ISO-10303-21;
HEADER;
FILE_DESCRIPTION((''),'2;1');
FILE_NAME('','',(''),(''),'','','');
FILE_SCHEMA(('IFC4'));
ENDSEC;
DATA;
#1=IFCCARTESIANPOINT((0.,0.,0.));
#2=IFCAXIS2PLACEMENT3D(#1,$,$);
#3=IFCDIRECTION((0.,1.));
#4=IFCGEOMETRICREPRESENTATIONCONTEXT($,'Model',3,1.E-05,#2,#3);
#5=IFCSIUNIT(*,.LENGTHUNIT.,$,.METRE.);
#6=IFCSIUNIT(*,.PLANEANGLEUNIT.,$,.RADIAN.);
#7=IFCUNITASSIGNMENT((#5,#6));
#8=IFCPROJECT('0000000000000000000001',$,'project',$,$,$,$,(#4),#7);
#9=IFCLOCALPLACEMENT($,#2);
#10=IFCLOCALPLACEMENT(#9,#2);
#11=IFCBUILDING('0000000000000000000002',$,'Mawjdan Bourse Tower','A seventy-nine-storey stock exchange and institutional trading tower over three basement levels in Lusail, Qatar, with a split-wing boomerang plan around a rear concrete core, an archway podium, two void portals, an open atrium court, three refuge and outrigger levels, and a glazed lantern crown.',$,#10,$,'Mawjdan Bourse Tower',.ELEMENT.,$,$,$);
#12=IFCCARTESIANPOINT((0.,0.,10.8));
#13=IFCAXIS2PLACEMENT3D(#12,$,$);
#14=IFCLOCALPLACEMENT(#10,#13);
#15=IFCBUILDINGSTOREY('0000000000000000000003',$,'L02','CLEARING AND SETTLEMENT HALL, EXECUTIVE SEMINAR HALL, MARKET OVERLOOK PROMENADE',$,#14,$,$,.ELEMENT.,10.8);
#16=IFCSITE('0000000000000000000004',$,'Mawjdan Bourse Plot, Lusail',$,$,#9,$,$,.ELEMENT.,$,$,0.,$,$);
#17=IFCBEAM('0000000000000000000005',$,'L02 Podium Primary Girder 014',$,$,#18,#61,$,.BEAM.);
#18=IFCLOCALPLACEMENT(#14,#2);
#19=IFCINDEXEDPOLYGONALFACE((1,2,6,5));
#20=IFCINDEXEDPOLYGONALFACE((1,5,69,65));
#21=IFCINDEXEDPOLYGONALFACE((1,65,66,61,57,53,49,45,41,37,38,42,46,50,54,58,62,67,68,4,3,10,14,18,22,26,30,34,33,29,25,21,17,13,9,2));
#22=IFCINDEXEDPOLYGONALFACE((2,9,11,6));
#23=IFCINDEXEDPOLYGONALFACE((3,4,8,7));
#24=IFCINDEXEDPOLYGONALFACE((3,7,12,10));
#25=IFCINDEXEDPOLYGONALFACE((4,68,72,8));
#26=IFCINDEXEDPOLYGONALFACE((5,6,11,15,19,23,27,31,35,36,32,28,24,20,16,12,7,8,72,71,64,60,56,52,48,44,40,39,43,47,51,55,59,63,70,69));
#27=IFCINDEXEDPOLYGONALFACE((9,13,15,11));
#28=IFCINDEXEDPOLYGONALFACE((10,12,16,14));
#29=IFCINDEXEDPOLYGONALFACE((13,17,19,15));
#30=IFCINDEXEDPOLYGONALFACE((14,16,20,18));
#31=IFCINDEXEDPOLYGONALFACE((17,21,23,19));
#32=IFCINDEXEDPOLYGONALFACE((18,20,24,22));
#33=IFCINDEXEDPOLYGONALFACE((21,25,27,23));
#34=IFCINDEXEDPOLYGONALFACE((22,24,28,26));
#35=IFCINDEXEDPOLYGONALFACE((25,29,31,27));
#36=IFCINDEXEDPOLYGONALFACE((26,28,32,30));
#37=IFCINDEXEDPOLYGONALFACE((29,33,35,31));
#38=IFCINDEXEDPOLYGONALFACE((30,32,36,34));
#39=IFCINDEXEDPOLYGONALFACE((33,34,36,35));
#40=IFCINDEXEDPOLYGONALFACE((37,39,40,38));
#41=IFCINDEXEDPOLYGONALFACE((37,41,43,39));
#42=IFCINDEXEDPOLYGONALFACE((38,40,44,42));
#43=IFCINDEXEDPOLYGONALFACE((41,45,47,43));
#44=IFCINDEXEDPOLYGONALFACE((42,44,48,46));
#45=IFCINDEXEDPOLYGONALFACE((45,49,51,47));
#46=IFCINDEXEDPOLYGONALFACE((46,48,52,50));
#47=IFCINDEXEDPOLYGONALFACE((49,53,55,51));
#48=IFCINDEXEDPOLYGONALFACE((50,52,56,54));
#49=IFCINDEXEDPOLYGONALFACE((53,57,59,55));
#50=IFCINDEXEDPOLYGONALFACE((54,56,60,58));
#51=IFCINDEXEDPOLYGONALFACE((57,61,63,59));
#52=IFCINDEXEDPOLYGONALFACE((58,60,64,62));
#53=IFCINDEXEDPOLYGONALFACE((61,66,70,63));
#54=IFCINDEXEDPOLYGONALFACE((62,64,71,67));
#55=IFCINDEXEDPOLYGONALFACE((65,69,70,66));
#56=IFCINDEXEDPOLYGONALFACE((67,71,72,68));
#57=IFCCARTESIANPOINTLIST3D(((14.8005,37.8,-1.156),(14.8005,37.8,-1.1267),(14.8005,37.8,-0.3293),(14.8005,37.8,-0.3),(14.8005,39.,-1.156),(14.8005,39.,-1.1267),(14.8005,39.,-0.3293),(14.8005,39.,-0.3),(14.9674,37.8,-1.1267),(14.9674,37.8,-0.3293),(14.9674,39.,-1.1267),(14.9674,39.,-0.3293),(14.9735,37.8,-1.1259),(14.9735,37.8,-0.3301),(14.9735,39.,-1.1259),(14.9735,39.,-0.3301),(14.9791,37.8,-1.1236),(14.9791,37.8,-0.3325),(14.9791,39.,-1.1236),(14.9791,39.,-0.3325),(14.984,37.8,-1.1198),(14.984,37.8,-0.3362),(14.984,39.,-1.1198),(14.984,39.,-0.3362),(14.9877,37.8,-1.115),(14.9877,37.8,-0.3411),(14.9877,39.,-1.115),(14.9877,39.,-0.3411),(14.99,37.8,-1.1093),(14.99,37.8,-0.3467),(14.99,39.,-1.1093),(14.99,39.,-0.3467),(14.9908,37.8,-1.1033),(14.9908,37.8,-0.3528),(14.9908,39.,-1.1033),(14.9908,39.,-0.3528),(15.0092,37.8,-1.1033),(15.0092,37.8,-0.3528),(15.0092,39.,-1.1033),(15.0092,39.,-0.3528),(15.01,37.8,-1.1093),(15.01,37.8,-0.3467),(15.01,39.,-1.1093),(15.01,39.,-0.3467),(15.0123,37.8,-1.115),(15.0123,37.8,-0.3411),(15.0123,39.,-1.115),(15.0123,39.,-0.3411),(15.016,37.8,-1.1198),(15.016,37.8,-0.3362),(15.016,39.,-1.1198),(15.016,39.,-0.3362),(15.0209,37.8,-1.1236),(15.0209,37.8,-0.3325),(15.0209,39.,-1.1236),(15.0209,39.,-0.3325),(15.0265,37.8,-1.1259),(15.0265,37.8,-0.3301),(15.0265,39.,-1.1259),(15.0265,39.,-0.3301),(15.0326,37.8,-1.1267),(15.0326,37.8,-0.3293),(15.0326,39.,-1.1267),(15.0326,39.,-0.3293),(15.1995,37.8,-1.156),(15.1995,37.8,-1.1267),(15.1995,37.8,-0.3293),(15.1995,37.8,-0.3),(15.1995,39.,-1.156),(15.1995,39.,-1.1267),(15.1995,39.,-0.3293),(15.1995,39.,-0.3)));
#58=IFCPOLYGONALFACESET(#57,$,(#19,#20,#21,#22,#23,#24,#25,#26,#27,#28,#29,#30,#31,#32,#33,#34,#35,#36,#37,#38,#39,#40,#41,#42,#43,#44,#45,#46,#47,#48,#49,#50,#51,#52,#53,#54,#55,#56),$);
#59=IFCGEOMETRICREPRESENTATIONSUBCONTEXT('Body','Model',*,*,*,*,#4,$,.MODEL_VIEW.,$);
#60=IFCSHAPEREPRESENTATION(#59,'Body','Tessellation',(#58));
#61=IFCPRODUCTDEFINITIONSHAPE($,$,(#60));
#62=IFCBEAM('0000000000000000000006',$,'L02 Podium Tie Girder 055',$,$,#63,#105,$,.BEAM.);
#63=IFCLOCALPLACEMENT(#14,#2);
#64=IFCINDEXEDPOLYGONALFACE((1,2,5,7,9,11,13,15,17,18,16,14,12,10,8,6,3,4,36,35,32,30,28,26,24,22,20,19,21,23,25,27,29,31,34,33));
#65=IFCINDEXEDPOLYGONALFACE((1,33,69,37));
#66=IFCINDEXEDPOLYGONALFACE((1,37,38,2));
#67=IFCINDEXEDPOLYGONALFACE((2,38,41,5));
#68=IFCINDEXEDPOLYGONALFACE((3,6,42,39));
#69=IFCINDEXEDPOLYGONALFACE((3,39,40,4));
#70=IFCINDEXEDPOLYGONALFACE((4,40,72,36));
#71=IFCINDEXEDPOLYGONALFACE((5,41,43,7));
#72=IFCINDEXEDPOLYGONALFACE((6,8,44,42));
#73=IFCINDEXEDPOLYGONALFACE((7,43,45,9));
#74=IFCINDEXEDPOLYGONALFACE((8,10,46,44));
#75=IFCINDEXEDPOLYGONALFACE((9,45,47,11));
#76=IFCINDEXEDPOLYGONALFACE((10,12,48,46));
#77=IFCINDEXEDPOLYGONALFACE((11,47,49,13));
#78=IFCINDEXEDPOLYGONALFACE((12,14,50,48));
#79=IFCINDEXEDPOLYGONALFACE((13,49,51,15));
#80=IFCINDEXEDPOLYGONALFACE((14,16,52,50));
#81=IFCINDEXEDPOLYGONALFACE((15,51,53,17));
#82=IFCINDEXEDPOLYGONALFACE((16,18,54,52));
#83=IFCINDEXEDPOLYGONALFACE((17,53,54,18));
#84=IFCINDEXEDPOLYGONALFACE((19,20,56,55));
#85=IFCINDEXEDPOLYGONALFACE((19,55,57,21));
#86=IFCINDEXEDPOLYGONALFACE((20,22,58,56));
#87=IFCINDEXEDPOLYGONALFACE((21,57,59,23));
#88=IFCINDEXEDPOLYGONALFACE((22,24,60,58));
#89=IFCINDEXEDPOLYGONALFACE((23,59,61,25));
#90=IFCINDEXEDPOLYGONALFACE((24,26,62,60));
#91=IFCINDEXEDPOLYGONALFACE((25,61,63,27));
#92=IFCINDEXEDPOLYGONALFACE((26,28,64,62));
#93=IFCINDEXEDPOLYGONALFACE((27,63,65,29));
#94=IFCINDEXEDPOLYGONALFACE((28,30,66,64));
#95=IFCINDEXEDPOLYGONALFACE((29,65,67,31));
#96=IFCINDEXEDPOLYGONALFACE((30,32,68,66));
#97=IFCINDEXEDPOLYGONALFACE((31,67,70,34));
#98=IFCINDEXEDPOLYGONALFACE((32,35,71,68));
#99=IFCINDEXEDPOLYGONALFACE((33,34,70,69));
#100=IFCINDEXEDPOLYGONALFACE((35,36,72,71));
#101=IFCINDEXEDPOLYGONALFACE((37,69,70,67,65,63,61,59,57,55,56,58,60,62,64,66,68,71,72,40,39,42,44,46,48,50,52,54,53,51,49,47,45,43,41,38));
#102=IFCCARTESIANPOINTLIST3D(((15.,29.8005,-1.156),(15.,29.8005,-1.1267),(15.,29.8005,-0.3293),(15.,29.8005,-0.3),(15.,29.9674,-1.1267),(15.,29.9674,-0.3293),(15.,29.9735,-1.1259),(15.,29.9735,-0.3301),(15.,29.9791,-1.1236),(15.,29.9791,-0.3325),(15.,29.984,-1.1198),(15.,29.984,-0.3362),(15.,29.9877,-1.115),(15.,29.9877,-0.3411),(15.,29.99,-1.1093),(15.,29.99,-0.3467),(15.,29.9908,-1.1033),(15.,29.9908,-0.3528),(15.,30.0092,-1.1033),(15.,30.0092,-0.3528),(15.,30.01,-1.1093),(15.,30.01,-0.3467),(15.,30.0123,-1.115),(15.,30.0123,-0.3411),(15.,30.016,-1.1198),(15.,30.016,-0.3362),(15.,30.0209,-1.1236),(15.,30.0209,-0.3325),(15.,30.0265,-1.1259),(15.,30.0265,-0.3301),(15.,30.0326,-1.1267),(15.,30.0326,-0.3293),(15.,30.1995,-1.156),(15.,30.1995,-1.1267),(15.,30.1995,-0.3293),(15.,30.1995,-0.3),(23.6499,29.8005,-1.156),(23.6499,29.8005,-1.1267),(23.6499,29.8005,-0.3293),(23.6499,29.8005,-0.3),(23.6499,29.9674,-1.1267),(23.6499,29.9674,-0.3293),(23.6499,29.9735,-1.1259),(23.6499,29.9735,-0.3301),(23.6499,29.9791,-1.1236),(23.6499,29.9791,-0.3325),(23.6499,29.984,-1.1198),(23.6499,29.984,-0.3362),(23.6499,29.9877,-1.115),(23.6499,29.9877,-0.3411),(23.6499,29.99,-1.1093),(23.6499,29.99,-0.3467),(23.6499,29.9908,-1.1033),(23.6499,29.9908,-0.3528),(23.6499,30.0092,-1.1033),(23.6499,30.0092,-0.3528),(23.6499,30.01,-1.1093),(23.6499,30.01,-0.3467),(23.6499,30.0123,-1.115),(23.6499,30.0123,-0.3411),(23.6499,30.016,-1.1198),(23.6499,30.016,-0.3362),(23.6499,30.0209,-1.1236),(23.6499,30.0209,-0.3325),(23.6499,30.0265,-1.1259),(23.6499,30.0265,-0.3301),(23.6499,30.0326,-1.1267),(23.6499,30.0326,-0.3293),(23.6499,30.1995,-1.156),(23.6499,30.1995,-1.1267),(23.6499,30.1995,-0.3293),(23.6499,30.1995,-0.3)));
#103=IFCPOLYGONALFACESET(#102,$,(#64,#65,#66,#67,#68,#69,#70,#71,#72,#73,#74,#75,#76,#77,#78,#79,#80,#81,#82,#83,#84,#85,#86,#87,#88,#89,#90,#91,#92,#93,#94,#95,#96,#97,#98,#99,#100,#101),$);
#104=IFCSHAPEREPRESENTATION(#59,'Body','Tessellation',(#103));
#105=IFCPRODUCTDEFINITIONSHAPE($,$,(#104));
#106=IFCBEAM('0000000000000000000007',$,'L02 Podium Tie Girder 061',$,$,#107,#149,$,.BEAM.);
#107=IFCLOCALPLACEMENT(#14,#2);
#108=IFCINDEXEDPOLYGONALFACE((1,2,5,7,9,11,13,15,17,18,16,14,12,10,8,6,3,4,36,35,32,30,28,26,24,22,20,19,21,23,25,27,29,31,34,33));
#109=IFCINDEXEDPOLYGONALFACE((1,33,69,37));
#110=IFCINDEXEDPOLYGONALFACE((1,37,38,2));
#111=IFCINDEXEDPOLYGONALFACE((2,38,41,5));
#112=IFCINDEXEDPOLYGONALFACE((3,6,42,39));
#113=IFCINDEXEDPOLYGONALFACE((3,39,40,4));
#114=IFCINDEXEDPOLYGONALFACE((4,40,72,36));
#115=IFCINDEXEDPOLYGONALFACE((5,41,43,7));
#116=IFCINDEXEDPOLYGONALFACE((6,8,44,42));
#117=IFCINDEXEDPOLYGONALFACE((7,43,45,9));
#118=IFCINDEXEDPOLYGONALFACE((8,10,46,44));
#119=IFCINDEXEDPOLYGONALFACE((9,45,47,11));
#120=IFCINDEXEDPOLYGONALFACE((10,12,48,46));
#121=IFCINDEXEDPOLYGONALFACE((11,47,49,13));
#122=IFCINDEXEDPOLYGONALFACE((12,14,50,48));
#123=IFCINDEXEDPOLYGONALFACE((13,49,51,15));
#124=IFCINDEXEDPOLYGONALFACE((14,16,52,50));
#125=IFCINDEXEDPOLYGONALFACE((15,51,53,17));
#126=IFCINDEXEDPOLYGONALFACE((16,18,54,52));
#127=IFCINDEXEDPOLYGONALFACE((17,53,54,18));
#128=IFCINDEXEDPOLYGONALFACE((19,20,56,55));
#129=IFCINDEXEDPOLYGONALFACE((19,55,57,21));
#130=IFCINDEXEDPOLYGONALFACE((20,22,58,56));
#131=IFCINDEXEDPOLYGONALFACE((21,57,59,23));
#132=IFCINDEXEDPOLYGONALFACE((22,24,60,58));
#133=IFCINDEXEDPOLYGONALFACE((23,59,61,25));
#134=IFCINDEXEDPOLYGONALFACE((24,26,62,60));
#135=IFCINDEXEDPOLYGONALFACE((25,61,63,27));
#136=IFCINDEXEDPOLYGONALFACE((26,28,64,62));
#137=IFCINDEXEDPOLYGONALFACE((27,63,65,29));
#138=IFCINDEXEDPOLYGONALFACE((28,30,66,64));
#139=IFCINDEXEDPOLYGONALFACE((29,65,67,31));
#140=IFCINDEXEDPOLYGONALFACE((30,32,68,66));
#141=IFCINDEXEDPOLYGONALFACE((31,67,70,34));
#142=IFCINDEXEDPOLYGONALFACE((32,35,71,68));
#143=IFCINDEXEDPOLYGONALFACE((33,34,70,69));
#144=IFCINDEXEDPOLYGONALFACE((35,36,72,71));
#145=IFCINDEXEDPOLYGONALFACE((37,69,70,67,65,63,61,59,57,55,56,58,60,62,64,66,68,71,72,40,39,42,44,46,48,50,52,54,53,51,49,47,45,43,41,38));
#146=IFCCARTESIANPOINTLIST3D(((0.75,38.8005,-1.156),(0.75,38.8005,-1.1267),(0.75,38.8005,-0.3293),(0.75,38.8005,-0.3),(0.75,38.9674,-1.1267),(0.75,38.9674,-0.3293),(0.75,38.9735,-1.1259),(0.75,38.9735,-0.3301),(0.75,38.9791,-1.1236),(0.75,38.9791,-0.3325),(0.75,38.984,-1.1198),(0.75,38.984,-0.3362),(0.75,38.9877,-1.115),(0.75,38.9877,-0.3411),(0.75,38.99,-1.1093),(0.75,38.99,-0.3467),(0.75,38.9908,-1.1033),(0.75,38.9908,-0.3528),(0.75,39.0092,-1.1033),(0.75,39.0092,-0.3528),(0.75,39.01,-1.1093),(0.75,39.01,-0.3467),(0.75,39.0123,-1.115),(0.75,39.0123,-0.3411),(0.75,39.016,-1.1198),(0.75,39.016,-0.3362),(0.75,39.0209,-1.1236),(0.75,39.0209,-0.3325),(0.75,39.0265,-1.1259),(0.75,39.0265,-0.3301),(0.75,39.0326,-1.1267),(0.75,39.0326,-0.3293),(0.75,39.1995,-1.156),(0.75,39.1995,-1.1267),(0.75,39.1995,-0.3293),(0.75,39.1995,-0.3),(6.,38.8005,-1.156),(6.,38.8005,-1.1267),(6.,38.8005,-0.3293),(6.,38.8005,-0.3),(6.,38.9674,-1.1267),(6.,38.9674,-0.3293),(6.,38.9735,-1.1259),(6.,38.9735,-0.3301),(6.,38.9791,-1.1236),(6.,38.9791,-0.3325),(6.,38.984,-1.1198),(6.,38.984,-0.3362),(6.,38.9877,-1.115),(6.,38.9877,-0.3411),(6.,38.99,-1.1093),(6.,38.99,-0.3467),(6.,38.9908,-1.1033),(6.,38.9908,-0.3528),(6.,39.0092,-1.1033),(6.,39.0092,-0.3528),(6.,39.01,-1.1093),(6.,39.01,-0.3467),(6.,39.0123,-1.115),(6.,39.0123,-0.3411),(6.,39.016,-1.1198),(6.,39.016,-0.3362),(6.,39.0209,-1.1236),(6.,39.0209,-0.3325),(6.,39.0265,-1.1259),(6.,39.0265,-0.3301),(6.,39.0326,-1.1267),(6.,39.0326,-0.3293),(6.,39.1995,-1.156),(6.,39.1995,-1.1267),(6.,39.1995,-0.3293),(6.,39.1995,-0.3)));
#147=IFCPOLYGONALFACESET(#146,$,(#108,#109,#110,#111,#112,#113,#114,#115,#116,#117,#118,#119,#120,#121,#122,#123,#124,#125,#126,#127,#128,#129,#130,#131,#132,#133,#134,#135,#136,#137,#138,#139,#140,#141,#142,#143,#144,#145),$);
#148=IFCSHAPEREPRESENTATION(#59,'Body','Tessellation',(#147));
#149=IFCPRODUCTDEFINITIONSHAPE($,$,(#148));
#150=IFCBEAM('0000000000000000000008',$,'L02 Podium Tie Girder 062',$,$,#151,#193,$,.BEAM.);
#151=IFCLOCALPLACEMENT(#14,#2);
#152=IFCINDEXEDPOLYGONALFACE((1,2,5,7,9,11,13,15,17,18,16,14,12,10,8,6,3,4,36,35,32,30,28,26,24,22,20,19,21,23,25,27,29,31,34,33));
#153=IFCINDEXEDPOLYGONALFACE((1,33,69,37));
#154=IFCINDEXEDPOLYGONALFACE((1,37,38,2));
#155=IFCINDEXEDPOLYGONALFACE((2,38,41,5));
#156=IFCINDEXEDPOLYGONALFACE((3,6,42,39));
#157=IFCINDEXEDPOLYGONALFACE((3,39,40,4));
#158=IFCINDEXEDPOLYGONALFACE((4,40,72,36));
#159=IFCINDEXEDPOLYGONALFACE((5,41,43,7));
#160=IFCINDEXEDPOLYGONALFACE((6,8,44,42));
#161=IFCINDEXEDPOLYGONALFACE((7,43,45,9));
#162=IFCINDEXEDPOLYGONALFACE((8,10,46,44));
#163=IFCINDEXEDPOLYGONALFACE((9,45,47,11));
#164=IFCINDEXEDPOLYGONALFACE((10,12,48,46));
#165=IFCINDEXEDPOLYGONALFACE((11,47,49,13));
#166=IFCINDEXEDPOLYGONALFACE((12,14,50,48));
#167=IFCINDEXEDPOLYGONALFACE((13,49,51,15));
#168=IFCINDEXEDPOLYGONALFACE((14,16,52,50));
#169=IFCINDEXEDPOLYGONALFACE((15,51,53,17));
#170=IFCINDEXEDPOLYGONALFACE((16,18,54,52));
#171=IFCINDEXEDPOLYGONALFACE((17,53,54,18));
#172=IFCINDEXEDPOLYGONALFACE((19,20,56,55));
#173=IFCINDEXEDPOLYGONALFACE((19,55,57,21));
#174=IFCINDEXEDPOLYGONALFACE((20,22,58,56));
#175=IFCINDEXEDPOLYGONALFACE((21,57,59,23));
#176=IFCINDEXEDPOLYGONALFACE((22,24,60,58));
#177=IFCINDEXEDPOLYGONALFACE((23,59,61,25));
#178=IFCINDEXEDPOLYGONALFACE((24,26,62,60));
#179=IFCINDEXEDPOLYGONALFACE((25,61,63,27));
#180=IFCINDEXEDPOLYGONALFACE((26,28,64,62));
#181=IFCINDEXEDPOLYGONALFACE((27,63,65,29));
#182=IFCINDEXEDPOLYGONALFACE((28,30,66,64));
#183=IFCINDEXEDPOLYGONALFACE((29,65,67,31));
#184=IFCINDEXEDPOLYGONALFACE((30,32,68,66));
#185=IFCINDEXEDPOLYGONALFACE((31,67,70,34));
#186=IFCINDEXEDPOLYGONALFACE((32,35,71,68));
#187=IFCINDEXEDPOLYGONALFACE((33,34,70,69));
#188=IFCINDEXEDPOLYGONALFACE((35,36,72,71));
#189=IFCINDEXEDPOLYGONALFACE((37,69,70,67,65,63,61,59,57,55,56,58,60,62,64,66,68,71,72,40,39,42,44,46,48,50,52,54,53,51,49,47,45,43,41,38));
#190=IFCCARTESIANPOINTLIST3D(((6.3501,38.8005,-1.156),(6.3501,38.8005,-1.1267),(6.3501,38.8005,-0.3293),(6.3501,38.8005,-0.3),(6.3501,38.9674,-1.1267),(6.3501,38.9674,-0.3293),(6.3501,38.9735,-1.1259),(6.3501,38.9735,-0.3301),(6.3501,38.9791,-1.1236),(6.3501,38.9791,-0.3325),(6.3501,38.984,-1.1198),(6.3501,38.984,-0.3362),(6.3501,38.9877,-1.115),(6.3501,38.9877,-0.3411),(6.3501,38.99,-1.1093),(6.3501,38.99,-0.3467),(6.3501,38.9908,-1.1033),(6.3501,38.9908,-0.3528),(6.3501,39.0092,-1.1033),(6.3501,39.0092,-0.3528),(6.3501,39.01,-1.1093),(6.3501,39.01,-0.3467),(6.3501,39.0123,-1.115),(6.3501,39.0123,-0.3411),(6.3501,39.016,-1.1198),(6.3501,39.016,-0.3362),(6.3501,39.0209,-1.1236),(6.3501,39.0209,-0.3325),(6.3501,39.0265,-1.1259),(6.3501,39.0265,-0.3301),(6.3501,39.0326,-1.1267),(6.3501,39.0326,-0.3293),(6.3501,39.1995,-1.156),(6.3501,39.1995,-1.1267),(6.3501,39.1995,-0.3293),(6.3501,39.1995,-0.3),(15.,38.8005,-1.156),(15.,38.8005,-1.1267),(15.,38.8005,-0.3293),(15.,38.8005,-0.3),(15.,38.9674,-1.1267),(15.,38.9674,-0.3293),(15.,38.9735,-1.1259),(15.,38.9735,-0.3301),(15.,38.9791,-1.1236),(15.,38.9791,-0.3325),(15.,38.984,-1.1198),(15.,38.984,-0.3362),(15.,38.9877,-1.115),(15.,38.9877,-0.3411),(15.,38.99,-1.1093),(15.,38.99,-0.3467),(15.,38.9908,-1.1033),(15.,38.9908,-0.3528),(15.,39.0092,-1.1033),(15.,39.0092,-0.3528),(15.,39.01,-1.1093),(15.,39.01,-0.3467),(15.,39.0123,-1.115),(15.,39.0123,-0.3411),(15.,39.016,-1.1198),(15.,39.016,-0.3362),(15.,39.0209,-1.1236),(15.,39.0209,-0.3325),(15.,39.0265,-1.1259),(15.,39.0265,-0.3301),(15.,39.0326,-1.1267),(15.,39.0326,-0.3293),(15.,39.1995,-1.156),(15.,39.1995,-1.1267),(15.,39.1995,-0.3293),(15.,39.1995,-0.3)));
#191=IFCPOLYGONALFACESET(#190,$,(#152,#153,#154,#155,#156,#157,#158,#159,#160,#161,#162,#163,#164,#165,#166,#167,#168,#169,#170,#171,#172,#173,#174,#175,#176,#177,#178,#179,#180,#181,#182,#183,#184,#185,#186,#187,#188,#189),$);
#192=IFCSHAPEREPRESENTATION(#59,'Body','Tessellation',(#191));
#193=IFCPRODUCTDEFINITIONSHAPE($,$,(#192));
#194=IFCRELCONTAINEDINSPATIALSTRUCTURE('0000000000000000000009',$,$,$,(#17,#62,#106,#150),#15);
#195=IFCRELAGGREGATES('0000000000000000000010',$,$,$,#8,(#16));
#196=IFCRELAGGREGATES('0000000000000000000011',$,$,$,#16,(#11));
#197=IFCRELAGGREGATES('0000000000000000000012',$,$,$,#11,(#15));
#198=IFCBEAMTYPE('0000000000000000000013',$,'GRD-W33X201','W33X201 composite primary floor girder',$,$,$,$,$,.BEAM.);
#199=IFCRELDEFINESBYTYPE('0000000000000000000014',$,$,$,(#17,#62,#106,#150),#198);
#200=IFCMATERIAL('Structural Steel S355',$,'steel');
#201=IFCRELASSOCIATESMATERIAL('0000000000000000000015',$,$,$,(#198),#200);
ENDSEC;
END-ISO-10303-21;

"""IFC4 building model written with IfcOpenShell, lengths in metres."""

from ifc_helpers import new_model, si_unit, direction, frame, origin, origin_2d, place, context, subcontext, project, spatial, i_section, extrude, material, material_profile, profile_set, type_object, element, save


model = new_model("IFC4")

# Units and contexts
model_context = context("Model", 3, precision=1e-05, world=origin(), true_north=direction((0.0, 1.0)))
body_context = subcontext(model_context, "Body", "Model", "MODEL_VIEW")
ifc_project = project(units=[si_unit("LENGTHUNIT", "METRE"), si_unit("PLANEANGLEUNIT", "RADIAN")], contexts=[model_context])

# Site, building, storey
site_placement = place(None, origin())
site = spatial("IfcSite", under=ifc_project, at=site_placement, Name="Mawjdan Bourse Plot, Lusail", CompositionType="ELEMENT", RefElevation=0.0)
building_placement = place(site_placement, origin())
building = spatial("IfcBuilding", under=site, at=building_placement, Name="Mawjdan Bourse Tower", Description="A seventy-nine-storey stock exchange and institutional trading tower over three basement levels in Lusail, Qatar, with a split-wing boomerang plan around a rear concrete core, an archway podium, two void portals, an open atrium court, three refuge and outrigger levels, and a glazed lantern crown.", LongName="Mawjdan Bourse Tower", CompositionType="ELEMENT")
storey_placement = place(building_placement, frame((0.0, 0.0, 10.8)))
storey = spatial("IfcBuildingStorey", under=building, at=storey_placement, Name="L02", Description="CLEARING AND SETTLEMENT HALL, EXECUTIVE SEMINAR HALL, MARKET OVERLOOK PROMENADE", CompositionType="ELEMENT", Elevation=10.8)

# Beams
ifc_material_1 = material(Name="Structural Steel S355", Category="steel")
ifc_material_profile_1 = material_profile(ifc_material_1, i_section(OverallWidth=0.3989, OverallDepth=0.856, WebThickness=0.0183, FlangeThickness=0.0293, FilletRadius=0.0234, at=origin_2d()), Name="W33X201")
ifc_profile_set_1 = profile_set([ifc_material_profile_1], Name="Structural Steel S355")
beam_type_1 = type_object("IfcBeamType", Name="GRD-W33X201", Description="W33X201 composite primary floor girder", PredefinedType="BEAM", material=ifc_profile_set_1)
beam_1_placement = place(storey_placement, frame((15.0, 37.8, -0.728), z_axis=(0.0, 1.0, 0.0), x_axis=(-1.0, 0.0, 0.0)))
element("IfcBeam", 1, at=beam_1_placement, inside=storey, type_object=beam_type_1, Name="L02 Podium Primary Girder 014", PredefinedType="BEAM", context=body_context, shape_type="SweptSolid", body=[
    extrude(i_section(OverallWidth=0.3989, OverallDepth=0.856, WebThickness=0.0183, FlangeThickness=0.0293, FilletRadius=0.0234, at=origin_2d()), origin(), (0.0, 0.0, 1.0), 1.2),
])
beam_2_placement = place(storey_placement, frame((15.0, 30.0, -0.728), z_axis=(1.0, 0.0, 0.0), x_axis=(0.0, 1.0, 0.0)))
element("IfcBeam", 2, at=beam_2_placement, inside=storey, type_object=beam_type_1, Name="L02 Podium Tie Girder 055", PredefinedType="BEAM", context=body_context, shape_type="SweptSolid", body=[
    extrude(i_section(OverallWidth=0.3989, OverallDepth=0.856, WebThickness=0.0183, FlangeThickness=0.0293, FilletRadius=0.0234, at=origin_2d()), origin(), (0.0, 0.0, 1.0), 8.6499),
])
beam_3_placement = place(storey_placement, frame((0.75, 39.0, -0.728), z_axis=(1.0, 0.0, 0.0), x_axis=(0.0, 1.0, 0.0)))
element("IfcBeam", 3, at=beam_3_placement, inside=storey, type_object=beam_type_1, Name="L02 Podium Tie Girder 061", PredefinedType="BEAM", context=body_context, shape_type="SweptSolid", body=[
    extrude(i_section(OverallWidth=0.3989, OverallDepth=0.856, WebThickness=0.0183, FlangeThickness=0.0293, FilletRadius=0.0234, at=origin_2d()), origin(), (0.0, 0.0, 1.0), 5.25),
])
beam_4_placement = place(storey_placement, frame((6.3501, 39.0, -0.728), z_axis=(1.0, 0.0, 0.0), x_axis=(0.0, 1.0, 0.0)))
element("IfcBeam", 4, at=beam_4_placement, inside=storey, type_object=beam_type_1, Name="L02 Podium Tie Girder 062", PredefinedType="BEAM", context=body_context, shape_type="SweptSolid", body=[
    extrude(i_section(OverallWidth=0.3989, OverallDepth=0.856, WebThickness=0.0183, FlangeThickness=0.0293, FilletRadius=0.0234, at=origin_2d()), origin(), (0.0, 0.0, 1.0), 8.6499),
])

save(model, "model.ifc")
